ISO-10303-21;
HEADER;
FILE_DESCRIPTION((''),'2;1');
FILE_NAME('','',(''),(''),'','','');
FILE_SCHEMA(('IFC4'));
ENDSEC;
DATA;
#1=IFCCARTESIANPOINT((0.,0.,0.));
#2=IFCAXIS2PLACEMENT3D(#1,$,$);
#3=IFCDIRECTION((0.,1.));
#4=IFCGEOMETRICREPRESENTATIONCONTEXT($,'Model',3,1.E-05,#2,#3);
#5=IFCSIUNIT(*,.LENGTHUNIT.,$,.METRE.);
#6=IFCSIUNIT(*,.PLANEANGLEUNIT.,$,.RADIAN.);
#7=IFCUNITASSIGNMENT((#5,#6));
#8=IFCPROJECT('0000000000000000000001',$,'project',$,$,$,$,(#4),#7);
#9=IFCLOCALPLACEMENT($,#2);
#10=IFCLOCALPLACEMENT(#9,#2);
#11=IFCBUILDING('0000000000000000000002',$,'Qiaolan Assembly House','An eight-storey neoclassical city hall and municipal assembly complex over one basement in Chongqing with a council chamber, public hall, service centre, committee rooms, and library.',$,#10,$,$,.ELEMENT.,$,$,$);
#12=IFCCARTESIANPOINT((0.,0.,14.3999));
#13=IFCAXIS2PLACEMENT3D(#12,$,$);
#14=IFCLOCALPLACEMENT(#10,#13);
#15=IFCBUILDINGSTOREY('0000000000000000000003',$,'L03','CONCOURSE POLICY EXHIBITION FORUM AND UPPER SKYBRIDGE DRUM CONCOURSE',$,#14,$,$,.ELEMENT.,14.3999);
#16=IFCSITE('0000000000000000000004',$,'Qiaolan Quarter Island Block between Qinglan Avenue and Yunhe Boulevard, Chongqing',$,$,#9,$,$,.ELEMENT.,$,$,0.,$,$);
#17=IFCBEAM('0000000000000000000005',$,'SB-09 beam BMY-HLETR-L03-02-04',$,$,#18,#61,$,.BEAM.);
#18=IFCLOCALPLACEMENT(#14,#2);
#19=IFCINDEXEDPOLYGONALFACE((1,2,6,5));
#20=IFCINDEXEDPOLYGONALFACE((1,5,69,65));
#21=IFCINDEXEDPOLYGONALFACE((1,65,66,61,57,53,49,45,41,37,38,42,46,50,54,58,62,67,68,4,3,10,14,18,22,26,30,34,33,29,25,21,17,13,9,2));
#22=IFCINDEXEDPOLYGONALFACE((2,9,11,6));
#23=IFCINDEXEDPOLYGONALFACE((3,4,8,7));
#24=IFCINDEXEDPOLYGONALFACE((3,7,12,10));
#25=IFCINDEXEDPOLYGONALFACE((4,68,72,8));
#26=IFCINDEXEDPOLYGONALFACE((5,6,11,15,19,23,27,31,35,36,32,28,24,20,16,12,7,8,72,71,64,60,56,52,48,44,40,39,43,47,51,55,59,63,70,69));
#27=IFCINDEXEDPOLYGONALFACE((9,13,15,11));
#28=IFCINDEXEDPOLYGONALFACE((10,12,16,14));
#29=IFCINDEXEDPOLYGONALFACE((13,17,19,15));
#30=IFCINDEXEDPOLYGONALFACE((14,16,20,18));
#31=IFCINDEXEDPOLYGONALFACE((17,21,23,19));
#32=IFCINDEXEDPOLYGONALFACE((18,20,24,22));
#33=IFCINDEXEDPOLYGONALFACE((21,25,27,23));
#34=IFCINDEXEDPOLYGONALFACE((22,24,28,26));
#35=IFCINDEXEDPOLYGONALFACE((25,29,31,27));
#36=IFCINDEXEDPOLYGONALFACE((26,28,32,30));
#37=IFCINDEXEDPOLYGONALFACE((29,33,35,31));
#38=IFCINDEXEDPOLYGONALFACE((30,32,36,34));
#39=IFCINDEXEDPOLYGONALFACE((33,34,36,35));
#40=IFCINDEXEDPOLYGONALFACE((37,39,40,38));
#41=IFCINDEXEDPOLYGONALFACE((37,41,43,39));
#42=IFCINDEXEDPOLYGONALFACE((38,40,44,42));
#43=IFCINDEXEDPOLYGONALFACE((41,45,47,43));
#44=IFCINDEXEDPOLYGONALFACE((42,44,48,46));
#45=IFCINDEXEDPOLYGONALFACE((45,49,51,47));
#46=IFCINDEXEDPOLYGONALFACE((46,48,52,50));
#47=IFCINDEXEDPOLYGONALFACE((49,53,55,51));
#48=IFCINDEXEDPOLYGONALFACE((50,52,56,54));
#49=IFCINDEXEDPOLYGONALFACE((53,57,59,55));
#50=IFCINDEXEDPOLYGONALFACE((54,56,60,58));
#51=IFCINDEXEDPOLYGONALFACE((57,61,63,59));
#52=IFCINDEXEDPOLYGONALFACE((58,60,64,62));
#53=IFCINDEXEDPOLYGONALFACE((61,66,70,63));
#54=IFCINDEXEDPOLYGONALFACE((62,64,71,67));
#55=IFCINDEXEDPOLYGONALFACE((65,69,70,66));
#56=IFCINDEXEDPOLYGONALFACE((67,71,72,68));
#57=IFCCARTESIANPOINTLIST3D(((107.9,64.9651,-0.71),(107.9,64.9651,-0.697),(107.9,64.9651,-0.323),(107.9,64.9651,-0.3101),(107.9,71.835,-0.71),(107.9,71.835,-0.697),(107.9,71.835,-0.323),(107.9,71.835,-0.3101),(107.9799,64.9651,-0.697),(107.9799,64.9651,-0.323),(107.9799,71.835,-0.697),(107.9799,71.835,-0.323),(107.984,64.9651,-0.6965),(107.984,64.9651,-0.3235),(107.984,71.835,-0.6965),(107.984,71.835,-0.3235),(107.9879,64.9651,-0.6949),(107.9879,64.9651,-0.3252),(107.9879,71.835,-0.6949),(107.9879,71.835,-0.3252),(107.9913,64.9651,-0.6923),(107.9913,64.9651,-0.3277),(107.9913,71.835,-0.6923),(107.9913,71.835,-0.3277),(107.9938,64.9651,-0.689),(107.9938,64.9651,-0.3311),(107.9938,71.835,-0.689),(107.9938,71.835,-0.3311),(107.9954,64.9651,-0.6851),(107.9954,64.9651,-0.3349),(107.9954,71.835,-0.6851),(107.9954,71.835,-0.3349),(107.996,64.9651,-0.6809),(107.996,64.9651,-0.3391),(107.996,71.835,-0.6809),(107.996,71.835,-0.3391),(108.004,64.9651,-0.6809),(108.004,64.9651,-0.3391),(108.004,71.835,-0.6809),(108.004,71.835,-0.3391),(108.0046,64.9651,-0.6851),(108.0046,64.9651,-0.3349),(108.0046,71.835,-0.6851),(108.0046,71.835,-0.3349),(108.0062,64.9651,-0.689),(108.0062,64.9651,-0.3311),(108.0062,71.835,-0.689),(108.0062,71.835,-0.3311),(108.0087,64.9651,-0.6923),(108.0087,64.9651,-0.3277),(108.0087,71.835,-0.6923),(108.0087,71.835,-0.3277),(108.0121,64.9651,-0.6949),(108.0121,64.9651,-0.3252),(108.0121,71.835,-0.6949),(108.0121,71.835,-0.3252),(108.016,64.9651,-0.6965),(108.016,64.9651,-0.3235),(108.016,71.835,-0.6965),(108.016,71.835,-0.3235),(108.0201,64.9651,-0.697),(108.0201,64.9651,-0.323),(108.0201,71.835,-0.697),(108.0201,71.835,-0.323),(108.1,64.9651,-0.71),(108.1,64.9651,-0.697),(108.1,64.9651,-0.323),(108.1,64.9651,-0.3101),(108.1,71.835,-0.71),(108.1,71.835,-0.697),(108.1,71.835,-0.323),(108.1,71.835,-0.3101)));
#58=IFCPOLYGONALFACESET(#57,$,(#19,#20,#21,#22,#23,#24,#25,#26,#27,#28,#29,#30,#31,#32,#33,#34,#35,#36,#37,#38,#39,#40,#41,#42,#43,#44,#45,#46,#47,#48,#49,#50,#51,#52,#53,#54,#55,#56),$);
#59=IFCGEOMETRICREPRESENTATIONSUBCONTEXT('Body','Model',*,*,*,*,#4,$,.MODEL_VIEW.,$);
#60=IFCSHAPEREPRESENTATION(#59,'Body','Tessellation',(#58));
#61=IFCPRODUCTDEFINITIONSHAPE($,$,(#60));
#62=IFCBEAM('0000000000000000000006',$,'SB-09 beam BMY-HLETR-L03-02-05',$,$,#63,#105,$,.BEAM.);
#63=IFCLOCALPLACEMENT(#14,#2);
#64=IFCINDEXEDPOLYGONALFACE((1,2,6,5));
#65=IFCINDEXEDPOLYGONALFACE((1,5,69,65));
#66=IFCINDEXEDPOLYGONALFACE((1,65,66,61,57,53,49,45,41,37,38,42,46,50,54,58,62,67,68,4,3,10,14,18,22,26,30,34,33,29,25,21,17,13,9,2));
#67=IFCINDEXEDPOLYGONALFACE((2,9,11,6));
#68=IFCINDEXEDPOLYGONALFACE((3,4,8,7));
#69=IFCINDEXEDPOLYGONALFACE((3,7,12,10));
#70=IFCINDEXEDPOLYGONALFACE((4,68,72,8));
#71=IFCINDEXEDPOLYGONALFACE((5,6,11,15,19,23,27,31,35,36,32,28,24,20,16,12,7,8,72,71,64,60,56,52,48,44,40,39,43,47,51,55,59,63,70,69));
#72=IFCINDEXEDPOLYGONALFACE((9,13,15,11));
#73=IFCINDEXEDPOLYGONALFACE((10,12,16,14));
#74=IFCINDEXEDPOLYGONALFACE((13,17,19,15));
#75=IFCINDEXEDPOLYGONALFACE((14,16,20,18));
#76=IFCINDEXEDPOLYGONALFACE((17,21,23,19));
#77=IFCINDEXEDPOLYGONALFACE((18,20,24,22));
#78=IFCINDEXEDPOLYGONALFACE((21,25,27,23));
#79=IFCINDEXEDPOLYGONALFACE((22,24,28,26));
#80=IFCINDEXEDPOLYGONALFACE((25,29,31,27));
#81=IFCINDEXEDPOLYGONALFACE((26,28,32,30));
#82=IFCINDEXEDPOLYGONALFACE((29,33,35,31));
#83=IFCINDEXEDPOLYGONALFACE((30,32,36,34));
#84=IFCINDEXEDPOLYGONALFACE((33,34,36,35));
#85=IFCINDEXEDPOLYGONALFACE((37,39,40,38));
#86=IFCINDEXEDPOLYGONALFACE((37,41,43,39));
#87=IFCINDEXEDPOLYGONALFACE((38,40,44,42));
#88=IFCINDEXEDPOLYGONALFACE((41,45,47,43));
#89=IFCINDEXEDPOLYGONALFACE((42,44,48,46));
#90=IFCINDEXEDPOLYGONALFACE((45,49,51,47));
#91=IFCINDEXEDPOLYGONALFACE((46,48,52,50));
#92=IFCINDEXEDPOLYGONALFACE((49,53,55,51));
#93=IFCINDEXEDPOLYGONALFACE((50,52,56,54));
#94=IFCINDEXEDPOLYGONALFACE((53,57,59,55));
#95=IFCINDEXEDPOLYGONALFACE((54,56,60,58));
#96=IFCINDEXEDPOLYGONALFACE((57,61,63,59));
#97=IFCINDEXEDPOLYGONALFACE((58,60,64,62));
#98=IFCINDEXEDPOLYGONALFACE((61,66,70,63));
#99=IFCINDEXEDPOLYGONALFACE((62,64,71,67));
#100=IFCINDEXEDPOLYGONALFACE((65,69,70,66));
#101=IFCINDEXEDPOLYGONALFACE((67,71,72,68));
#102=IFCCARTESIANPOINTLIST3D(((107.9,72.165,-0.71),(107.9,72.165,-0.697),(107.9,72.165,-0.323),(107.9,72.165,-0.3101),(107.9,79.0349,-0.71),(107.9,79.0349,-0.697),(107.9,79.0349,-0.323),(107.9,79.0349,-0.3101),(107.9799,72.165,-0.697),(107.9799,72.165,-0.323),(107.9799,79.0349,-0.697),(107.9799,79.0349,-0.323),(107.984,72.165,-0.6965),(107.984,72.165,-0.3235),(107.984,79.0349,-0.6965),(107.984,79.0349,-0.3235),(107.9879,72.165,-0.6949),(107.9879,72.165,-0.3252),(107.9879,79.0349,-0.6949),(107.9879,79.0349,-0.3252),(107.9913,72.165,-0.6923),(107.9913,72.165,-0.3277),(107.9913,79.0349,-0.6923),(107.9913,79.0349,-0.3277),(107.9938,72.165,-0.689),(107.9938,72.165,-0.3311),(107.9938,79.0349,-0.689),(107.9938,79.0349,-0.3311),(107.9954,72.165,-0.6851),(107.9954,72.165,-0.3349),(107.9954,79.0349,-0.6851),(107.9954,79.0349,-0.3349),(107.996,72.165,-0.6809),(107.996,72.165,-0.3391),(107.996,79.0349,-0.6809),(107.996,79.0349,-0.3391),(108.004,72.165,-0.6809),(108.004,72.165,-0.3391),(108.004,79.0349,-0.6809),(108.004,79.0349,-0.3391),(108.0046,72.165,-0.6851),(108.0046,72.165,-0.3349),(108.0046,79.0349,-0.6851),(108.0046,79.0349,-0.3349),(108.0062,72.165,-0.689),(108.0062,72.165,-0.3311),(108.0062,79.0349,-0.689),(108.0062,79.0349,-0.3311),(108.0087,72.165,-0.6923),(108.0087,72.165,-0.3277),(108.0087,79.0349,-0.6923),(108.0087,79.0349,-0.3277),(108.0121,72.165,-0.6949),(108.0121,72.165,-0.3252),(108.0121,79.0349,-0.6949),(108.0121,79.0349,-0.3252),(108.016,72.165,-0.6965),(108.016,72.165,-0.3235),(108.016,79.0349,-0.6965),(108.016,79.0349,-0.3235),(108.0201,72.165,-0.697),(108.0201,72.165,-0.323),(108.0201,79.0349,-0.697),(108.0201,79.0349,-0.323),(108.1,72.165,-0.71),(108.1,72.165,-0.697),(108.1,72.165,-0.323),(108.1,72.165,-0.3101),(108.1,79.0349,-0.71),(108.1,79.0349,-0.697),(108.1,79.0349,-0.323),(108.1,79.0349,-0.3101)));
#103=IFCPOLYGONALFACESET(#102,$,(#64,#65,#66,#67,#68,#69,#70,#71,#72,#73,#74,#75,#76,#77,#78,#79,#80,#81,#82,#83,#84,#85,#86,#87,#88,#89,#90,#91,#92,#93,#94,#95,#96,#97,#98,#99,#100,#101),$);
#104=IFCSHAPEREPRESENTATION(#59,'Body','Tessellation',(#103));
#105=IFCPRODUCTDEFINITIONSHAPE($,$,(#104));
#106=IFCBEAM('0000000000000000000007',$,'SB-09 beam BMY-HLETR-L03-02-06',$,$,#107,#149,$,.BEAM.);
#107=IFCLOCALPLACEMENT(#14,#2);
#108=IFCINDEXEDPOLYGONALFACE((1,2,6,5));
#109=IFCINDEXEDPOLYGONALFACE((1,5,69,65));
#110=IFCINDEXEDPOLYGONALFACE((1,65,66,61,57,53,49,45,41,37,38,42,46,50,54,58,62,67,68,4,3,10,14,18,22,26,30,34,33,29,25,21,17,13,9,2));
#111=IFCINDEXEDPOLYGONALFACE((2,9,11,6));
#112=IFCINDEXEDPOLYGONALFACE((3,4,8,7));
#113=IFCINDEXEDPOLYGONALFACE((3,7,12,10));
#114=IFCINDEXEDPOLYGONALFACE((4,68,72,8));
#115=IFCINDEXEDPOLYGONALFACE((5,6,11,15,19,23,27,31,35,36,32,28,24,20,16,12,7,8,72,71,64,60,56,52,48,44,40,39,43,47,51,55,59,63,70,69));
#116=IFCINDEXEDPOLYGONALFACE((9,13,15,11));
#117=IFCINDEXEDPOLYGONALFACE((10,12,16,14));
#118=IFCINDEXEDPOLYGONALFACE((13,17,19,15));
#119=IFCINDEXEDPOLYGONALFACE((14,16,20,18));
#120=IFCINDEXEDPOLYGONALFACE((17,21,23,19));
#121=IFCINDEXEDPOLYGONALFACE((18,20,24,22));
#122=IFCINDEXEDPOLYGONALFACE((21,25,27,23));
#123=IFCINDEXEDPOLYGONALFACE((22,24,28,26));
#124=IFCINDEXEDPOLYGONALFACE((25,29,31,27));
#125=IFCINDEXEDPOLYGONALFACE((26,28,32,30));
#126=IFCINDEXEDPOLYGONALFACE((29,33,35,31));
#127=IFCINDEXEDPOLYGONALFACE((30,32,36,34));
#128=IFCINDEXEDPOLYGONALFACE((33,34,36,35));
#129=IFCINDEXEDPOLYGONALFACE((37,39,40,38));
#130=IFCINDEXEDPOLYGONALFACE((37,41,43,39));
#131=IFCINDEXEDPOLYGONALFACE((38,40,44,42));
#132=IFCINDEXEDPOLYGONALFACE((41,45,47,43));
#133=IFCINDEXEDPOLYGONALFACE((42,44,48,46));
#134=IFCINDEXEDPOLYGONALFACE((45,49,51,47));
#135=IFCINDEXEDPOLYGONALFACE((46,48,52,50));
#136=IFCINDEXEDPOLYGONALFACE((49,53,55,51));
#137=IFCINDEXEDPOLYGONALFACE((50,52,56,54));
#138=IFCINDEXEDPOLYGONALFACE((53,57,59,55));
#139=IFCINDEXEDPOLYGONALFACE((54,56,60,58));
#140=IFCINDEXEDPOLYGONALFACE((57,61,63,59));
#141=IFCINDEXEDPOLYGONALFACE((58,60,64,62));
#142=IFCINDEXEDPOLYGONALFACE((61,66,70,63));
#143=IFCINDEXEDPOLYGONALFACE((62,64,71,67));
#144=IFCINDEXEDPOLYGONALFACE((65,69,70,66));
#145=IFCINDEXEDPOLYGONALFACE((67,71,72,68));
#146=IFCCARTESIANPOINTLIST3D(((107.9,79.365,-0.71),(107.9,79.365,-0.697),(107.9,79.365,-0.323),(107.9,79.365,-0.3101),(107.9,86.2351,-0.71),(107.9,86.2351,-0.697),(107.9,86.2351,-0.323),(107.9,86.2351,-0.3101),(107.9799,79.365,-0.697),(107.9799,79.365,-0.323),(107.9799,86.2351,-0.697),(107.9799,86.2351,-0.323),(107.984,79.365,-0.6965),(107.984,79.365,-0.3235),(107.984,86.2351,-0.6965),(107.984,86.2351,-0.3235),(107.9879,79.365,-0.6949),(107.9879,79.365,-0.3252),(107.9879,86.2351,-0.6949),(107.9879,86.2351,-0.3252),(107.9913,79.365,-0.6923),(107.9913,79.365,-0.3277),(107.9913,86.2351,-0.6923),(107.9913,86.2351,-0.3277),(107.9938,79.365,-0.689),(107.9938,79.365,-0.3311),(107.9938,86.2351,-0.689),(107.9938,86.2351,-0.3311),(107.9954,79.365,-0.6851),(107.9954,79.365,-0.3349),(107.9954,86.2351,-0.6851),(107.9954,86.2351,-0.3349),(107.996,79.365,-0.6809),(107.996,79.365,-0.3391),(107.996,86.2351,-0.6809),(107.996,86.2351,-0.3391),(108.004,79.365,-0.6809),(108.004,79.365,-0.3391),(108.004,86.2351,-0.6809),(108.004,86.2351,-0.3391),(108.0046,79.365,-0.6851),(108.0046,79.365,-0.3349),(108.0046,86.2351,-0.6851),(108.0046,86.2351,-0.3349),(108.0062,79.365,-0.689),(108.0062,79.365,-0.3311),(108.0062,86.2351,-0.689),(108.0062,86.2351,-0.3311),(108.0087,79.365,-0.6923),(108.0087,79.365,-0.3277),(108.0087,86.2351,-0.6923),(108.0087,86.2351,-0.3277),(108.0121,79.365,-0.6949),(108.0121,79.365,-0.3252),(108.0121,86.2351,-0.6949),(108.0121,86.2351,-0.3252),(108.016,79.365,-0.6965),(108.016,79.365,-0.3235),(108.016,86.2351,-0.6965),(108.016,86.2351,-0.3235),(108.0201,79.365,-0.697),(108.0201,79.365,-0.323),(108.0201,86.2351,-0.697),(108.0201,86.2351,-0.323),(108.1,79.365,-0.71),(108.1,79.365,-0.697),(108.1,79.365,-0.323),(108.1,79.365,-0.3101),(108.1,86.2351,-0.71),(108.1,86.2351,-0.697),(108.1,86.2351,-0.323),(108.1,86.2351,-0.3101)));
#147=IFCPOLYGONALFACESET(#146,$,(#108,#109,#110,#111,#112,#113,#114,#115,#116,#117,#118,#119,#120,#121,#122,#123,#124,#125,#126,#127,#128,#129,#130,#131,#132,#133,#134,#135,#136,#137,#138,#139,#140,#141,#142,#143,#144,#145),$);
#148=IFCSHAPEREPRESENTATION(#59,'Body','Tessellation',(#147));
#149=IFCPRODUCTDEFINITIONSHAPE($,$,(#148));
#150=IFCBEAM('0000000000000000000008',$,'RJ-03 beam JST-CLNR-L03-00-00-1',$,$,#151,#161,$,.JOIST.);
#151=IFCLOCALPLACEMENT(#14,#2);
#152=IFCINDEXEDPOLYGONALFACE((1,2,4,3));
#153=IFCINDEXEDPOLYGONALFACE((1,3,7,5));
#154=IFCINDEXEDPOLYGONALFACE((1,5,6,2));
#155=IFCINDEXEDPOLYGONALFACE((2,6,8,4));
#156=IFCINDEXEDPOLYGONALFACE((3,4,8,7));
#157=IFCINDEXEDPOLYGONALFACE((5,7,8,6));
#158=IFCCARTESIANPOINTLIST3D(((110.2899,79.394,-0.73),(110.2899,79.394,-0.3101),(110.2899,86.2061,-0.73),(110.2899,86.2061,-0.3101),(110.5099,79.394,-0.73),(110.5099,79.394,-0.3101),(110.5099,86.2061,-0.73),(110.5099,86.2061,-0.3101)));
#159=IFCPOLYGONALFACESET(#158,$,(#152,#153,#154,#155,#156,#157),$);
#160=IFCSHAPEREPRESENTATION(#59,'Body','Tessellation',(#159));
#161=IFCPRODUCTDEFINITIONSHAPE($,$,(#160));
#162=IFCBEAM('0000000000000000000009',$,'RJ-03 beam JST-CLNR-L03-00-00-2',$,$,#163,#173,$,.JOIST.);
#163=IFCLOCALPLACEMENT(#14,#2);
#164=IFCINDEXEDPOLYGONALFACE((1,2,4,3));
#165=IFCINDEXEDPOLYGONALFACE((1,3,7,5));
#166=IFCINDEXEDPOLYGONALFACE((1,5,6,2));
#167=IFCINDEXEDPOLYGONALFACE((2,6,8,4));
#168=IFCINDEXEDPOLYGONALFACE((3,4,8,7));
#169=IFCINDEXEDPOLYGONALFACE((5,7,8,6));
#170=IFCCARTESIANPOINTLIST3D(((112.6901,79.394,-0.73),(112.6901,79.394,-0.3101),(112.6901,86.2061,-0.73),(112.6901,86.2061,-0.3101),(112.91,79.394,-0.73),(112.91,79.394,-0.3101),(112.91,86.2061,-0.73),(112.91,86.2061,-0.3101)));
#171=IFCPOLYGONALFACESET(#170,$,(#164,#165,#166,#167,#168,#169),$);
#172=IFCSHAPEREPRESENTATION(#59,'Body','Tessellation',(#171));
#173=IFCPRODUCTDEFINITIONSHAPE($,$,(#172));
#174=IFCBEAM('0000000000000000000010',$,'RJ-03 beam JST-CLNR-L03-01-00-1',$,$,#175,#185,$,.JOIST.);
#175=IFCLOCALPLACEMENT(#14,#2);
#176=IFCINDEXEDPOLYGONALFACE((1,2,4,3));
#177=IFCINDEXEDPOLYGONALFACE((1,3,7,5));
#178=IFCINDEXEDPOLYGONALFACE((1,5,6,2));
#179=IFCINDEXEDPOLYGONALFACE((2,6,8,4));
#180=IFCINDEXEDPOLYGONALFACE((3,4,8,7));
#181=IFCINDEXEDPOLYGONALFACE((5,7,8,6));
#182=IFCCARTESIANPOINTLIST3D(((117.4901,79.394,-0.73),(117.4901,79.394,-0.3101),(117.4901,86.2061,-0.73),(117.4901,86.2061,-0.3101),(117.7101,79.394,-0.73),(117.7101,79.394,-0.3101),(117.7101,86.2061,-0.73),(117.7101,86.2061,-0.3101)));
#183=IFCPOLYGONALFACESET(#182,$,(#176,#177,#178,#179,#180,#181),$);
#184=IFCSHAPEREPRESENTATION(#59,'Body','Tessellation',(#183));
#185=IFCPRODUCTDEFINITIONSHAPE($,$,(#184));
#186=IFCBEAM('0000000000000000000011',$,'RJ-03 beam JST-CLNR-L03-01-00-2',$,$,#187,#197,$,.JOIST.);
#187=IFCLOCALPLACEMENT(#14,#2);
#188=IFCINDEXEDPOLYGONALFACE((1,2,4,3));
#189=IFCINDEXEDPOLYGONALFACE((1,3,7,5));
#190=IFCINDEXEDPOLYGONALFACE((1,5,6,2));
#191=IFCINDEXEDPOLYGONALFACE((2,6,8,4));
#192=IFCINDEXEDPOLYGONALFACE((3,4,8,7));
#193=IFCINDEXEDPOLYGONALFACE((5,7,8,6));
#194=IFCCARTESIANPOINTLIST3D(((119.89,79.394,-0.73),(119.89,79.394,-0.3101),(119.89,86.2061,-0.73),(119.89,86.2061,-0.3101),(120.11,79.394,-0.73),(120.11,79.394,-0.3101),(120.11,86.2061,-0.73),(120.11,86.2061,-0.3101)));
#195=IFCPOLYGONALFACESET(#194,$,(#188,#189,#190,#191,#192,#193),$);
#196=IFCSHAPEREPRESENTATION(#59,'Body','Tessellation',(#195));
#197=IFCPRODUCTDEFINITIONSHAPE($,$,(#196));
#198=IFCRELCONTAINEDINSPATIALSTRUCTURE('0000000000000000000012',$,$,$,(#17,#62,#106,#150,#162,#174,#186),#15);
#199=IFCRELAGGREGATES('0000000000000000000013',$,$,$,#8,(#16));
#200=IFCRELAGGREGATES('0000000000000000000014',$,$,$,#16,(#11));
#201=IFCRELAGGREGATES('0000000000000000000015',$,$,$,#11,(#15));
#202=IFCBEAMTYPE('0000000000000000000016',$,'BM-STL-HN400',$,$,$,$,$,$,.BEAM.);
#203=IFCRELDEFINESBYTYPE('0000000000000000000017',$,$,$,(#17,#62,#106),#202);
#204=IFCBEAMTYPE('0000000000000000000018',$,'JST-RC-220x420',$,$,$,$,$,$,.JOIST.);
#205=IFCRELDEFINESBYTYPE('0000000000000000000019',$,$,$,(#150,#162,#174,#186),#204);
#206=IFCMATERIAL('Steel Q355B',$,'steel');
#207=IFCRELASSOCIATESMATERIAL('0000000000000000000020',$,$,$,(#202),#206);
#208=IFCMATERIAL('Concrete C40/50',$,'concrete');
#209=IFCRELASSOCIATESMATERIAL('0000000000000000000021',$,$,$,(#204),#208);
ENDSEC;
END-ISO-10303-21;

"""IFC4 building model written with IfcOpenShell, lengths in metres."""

from ifc_helpers import new_model, si_unit, direction, frame, origin, origin_2d, place, context, subcontext, project, spatial, rectangle, i_section, extrude, material, material_profile, profile_set, type_object, element, save


model = new_model("IFC4")

# Units and contexts
model_context = context("Model", 3, precision=1e-05, world=origin(), true_north=direction((0.0, 1.0)))
body_context = subcontext(model_context, "Body", "Model", "MODEL_VIEW")
ifc_project = project(units=[si_unit("LENGTHUNIT", "METRE"), si_unit("PLANEANGLEUNIT", "RADIAN")], contexts=[model_context])

# Site, building, storey
site_placement = place(None, origin())
site = spatial("IfcSite", under=ifc_project, at=site_placement, Name="Qiaolan Quarter Island Block between Qinglan Avenue and Yunhe Boulevard, Chongqing", CompositionType="ELEMENT", RefElevation=0.0)
building_placement = place(site_placement, origin())
building = spatial("IfcBuilding", under=site, at=building_placement, Name="Qiaolan Assembly House", Description="An eight-storey neoclassical city hall and municipal assembly complex over one basement in Chongqing with a council chamber, public hall, service centre, committee rooms, and library.", CompositionType="ELEMENT")
storey_placement = place(building_placement, frame((0.0, 0.0, 14.3999)))
storey = spatial("IfcBuildingStorey", under=building, at=storey_placement, Name="L03", Description="CONCOURSE POLICY EXHIBITION FORUM AND UPPER SKYBRIDGE DRUM CONCOURSE", CompositionType="ELEMENT", Elevation=14.3999)

# Shared definitions
ifc_material_1 = material(Name="Steel Q355B", Category="steel")

# Beams
ifc_material_2 = material(Name="Concrete C40/50", Category="concrete")
ifc_material_profile_1 = material_profile(ifc_material_1, i_section(OverallWidth=0.2, OverallDepth=0.3999, WebThickness=0.0081, FlangeThickness=0.0129, FilletRadius=0.0161, at=origin_2d()), Name="HN 400x200x8x13")
ifc_profile_set_1 = profile_set([ifc_material_profile_1], Name="Steel Q355B")
beam_type_1 = type_object("IfcBeamType", Name="BM-STL-HN400", PredefinedType="BEAM", material=ifc_profile_set_1)
for number, where, z_axis, x_axis, name in (
    (1, (108.0, 64.9651, -0.51), (0.0, 1.0, 0.0), (-1.0, 0.0, 0.0), "SB-09 beam BMY-HLETR-L03-02-04"),
    (2, (108.0, 72.165, -0.51), (0.0, 1.0, 0.0), (-1.0, 0.0, 0.0), "SB-09 beam BMY-HLETR-L03-02-05"),
):
    element("IfcBeam", number, at=place(storey_placement, frame(where, z_axis=z_axis, x_axis=x_axis)), inside=storey, type_object=beam_type_1, Name=name, PredefinedType="BEAM", context=body_context, shape_type="SweptSolid", body=[
        extrude(i_section(OverallWidth=0.2, OverallDepth=0.3999, WebThickness=0.0081, FlangeThickness=0.0129, FilletRadius=0.0161, at=origin_2d()), origin(), (0.0, 0.0, 1.0), 6.8699),
    ])
beam_1_placement = place(storey_placement, frame((108.0, 79.365, -0.51), z_axis=(0.0, 1.0, 0.0), x_axis=(-1.0, 0.0, 0.0)))
element("IfcBeam", 3, at=beam_1_placement, inside=storey, type_object=beam_type_1, Name="SB-09 beam BMY-HLETR-L03-02-06", PredefinedType="BEAM", context=body_context, shape_type="SweptSolid", body=[
    extrude(i_section(OverallWidth=0.2, OverallDepth=0.3999, WebThickness=0.0081, FlangeThickness=0.0129, FilletRadius=0.0161, at=origin_2d()), origin(), (0.0, 0.0, 1.0), 6.8701),
])
ifc_material_profile_2 = material_profile(ifc_material_2, rectangle(XDim=0.22, YDim=0.4199, at=origin_2d()), Name="RCB 220x420")
ifc_profile_set_2 = profile_set([ifc_material_profile_2], Name="Concrete C40/50")
beam_type_2 = type_object("IfcBeamType", Name="JST-RC-220x420", PredefinedType="JOIST", material=ifc_profile_set_2)
for number, where, z_axis, x_axis, name in (
    (4, (110.3999, 79.394, -0.52), (0.0, 1.0, 0.0), (-1.0, 0.0, 0.0), "RJ-03 beam JST-CLNR-L03-00-00-1"),
    (5, (112.8, 79.394, -0.52), (0.0, 1.0, 0.0), (-1.0, 0.0, 0.0), "RJ-03 beam JST-CLNR-L03-00-00-2"),
    (6, (117.6001, 79.394, -0.52), (0.0, 1.0, 0.0), (-1.0, 0.0, 0.0), "RJ-03 beam JST-CLNR-L03-01-00-1"),
    (7, (120.0, 79.394, -0.52), (0.0, 1.0, 0.0), (-1.0, 0.0, 0.0), "RJ-03 beam JST-CLNR-L03-01-00-2"),
):
    element("IfcBeam", number, at=place(storey_placement, frame(where, z_axis=z_axis, x_axis=x_axis)), inside=storey, type_object=beam_type_2, Name=name, PredefinedType="JOIST", context=body_context, shape_type="SweptSolid", body=[
        extrude(rectangle(XDim=0.22, YDim=0.4199, at=origin_2d()), origin(), (0.0, 0.0, 1.0), 6.812),
    ])

save(model, "model.ifc")
